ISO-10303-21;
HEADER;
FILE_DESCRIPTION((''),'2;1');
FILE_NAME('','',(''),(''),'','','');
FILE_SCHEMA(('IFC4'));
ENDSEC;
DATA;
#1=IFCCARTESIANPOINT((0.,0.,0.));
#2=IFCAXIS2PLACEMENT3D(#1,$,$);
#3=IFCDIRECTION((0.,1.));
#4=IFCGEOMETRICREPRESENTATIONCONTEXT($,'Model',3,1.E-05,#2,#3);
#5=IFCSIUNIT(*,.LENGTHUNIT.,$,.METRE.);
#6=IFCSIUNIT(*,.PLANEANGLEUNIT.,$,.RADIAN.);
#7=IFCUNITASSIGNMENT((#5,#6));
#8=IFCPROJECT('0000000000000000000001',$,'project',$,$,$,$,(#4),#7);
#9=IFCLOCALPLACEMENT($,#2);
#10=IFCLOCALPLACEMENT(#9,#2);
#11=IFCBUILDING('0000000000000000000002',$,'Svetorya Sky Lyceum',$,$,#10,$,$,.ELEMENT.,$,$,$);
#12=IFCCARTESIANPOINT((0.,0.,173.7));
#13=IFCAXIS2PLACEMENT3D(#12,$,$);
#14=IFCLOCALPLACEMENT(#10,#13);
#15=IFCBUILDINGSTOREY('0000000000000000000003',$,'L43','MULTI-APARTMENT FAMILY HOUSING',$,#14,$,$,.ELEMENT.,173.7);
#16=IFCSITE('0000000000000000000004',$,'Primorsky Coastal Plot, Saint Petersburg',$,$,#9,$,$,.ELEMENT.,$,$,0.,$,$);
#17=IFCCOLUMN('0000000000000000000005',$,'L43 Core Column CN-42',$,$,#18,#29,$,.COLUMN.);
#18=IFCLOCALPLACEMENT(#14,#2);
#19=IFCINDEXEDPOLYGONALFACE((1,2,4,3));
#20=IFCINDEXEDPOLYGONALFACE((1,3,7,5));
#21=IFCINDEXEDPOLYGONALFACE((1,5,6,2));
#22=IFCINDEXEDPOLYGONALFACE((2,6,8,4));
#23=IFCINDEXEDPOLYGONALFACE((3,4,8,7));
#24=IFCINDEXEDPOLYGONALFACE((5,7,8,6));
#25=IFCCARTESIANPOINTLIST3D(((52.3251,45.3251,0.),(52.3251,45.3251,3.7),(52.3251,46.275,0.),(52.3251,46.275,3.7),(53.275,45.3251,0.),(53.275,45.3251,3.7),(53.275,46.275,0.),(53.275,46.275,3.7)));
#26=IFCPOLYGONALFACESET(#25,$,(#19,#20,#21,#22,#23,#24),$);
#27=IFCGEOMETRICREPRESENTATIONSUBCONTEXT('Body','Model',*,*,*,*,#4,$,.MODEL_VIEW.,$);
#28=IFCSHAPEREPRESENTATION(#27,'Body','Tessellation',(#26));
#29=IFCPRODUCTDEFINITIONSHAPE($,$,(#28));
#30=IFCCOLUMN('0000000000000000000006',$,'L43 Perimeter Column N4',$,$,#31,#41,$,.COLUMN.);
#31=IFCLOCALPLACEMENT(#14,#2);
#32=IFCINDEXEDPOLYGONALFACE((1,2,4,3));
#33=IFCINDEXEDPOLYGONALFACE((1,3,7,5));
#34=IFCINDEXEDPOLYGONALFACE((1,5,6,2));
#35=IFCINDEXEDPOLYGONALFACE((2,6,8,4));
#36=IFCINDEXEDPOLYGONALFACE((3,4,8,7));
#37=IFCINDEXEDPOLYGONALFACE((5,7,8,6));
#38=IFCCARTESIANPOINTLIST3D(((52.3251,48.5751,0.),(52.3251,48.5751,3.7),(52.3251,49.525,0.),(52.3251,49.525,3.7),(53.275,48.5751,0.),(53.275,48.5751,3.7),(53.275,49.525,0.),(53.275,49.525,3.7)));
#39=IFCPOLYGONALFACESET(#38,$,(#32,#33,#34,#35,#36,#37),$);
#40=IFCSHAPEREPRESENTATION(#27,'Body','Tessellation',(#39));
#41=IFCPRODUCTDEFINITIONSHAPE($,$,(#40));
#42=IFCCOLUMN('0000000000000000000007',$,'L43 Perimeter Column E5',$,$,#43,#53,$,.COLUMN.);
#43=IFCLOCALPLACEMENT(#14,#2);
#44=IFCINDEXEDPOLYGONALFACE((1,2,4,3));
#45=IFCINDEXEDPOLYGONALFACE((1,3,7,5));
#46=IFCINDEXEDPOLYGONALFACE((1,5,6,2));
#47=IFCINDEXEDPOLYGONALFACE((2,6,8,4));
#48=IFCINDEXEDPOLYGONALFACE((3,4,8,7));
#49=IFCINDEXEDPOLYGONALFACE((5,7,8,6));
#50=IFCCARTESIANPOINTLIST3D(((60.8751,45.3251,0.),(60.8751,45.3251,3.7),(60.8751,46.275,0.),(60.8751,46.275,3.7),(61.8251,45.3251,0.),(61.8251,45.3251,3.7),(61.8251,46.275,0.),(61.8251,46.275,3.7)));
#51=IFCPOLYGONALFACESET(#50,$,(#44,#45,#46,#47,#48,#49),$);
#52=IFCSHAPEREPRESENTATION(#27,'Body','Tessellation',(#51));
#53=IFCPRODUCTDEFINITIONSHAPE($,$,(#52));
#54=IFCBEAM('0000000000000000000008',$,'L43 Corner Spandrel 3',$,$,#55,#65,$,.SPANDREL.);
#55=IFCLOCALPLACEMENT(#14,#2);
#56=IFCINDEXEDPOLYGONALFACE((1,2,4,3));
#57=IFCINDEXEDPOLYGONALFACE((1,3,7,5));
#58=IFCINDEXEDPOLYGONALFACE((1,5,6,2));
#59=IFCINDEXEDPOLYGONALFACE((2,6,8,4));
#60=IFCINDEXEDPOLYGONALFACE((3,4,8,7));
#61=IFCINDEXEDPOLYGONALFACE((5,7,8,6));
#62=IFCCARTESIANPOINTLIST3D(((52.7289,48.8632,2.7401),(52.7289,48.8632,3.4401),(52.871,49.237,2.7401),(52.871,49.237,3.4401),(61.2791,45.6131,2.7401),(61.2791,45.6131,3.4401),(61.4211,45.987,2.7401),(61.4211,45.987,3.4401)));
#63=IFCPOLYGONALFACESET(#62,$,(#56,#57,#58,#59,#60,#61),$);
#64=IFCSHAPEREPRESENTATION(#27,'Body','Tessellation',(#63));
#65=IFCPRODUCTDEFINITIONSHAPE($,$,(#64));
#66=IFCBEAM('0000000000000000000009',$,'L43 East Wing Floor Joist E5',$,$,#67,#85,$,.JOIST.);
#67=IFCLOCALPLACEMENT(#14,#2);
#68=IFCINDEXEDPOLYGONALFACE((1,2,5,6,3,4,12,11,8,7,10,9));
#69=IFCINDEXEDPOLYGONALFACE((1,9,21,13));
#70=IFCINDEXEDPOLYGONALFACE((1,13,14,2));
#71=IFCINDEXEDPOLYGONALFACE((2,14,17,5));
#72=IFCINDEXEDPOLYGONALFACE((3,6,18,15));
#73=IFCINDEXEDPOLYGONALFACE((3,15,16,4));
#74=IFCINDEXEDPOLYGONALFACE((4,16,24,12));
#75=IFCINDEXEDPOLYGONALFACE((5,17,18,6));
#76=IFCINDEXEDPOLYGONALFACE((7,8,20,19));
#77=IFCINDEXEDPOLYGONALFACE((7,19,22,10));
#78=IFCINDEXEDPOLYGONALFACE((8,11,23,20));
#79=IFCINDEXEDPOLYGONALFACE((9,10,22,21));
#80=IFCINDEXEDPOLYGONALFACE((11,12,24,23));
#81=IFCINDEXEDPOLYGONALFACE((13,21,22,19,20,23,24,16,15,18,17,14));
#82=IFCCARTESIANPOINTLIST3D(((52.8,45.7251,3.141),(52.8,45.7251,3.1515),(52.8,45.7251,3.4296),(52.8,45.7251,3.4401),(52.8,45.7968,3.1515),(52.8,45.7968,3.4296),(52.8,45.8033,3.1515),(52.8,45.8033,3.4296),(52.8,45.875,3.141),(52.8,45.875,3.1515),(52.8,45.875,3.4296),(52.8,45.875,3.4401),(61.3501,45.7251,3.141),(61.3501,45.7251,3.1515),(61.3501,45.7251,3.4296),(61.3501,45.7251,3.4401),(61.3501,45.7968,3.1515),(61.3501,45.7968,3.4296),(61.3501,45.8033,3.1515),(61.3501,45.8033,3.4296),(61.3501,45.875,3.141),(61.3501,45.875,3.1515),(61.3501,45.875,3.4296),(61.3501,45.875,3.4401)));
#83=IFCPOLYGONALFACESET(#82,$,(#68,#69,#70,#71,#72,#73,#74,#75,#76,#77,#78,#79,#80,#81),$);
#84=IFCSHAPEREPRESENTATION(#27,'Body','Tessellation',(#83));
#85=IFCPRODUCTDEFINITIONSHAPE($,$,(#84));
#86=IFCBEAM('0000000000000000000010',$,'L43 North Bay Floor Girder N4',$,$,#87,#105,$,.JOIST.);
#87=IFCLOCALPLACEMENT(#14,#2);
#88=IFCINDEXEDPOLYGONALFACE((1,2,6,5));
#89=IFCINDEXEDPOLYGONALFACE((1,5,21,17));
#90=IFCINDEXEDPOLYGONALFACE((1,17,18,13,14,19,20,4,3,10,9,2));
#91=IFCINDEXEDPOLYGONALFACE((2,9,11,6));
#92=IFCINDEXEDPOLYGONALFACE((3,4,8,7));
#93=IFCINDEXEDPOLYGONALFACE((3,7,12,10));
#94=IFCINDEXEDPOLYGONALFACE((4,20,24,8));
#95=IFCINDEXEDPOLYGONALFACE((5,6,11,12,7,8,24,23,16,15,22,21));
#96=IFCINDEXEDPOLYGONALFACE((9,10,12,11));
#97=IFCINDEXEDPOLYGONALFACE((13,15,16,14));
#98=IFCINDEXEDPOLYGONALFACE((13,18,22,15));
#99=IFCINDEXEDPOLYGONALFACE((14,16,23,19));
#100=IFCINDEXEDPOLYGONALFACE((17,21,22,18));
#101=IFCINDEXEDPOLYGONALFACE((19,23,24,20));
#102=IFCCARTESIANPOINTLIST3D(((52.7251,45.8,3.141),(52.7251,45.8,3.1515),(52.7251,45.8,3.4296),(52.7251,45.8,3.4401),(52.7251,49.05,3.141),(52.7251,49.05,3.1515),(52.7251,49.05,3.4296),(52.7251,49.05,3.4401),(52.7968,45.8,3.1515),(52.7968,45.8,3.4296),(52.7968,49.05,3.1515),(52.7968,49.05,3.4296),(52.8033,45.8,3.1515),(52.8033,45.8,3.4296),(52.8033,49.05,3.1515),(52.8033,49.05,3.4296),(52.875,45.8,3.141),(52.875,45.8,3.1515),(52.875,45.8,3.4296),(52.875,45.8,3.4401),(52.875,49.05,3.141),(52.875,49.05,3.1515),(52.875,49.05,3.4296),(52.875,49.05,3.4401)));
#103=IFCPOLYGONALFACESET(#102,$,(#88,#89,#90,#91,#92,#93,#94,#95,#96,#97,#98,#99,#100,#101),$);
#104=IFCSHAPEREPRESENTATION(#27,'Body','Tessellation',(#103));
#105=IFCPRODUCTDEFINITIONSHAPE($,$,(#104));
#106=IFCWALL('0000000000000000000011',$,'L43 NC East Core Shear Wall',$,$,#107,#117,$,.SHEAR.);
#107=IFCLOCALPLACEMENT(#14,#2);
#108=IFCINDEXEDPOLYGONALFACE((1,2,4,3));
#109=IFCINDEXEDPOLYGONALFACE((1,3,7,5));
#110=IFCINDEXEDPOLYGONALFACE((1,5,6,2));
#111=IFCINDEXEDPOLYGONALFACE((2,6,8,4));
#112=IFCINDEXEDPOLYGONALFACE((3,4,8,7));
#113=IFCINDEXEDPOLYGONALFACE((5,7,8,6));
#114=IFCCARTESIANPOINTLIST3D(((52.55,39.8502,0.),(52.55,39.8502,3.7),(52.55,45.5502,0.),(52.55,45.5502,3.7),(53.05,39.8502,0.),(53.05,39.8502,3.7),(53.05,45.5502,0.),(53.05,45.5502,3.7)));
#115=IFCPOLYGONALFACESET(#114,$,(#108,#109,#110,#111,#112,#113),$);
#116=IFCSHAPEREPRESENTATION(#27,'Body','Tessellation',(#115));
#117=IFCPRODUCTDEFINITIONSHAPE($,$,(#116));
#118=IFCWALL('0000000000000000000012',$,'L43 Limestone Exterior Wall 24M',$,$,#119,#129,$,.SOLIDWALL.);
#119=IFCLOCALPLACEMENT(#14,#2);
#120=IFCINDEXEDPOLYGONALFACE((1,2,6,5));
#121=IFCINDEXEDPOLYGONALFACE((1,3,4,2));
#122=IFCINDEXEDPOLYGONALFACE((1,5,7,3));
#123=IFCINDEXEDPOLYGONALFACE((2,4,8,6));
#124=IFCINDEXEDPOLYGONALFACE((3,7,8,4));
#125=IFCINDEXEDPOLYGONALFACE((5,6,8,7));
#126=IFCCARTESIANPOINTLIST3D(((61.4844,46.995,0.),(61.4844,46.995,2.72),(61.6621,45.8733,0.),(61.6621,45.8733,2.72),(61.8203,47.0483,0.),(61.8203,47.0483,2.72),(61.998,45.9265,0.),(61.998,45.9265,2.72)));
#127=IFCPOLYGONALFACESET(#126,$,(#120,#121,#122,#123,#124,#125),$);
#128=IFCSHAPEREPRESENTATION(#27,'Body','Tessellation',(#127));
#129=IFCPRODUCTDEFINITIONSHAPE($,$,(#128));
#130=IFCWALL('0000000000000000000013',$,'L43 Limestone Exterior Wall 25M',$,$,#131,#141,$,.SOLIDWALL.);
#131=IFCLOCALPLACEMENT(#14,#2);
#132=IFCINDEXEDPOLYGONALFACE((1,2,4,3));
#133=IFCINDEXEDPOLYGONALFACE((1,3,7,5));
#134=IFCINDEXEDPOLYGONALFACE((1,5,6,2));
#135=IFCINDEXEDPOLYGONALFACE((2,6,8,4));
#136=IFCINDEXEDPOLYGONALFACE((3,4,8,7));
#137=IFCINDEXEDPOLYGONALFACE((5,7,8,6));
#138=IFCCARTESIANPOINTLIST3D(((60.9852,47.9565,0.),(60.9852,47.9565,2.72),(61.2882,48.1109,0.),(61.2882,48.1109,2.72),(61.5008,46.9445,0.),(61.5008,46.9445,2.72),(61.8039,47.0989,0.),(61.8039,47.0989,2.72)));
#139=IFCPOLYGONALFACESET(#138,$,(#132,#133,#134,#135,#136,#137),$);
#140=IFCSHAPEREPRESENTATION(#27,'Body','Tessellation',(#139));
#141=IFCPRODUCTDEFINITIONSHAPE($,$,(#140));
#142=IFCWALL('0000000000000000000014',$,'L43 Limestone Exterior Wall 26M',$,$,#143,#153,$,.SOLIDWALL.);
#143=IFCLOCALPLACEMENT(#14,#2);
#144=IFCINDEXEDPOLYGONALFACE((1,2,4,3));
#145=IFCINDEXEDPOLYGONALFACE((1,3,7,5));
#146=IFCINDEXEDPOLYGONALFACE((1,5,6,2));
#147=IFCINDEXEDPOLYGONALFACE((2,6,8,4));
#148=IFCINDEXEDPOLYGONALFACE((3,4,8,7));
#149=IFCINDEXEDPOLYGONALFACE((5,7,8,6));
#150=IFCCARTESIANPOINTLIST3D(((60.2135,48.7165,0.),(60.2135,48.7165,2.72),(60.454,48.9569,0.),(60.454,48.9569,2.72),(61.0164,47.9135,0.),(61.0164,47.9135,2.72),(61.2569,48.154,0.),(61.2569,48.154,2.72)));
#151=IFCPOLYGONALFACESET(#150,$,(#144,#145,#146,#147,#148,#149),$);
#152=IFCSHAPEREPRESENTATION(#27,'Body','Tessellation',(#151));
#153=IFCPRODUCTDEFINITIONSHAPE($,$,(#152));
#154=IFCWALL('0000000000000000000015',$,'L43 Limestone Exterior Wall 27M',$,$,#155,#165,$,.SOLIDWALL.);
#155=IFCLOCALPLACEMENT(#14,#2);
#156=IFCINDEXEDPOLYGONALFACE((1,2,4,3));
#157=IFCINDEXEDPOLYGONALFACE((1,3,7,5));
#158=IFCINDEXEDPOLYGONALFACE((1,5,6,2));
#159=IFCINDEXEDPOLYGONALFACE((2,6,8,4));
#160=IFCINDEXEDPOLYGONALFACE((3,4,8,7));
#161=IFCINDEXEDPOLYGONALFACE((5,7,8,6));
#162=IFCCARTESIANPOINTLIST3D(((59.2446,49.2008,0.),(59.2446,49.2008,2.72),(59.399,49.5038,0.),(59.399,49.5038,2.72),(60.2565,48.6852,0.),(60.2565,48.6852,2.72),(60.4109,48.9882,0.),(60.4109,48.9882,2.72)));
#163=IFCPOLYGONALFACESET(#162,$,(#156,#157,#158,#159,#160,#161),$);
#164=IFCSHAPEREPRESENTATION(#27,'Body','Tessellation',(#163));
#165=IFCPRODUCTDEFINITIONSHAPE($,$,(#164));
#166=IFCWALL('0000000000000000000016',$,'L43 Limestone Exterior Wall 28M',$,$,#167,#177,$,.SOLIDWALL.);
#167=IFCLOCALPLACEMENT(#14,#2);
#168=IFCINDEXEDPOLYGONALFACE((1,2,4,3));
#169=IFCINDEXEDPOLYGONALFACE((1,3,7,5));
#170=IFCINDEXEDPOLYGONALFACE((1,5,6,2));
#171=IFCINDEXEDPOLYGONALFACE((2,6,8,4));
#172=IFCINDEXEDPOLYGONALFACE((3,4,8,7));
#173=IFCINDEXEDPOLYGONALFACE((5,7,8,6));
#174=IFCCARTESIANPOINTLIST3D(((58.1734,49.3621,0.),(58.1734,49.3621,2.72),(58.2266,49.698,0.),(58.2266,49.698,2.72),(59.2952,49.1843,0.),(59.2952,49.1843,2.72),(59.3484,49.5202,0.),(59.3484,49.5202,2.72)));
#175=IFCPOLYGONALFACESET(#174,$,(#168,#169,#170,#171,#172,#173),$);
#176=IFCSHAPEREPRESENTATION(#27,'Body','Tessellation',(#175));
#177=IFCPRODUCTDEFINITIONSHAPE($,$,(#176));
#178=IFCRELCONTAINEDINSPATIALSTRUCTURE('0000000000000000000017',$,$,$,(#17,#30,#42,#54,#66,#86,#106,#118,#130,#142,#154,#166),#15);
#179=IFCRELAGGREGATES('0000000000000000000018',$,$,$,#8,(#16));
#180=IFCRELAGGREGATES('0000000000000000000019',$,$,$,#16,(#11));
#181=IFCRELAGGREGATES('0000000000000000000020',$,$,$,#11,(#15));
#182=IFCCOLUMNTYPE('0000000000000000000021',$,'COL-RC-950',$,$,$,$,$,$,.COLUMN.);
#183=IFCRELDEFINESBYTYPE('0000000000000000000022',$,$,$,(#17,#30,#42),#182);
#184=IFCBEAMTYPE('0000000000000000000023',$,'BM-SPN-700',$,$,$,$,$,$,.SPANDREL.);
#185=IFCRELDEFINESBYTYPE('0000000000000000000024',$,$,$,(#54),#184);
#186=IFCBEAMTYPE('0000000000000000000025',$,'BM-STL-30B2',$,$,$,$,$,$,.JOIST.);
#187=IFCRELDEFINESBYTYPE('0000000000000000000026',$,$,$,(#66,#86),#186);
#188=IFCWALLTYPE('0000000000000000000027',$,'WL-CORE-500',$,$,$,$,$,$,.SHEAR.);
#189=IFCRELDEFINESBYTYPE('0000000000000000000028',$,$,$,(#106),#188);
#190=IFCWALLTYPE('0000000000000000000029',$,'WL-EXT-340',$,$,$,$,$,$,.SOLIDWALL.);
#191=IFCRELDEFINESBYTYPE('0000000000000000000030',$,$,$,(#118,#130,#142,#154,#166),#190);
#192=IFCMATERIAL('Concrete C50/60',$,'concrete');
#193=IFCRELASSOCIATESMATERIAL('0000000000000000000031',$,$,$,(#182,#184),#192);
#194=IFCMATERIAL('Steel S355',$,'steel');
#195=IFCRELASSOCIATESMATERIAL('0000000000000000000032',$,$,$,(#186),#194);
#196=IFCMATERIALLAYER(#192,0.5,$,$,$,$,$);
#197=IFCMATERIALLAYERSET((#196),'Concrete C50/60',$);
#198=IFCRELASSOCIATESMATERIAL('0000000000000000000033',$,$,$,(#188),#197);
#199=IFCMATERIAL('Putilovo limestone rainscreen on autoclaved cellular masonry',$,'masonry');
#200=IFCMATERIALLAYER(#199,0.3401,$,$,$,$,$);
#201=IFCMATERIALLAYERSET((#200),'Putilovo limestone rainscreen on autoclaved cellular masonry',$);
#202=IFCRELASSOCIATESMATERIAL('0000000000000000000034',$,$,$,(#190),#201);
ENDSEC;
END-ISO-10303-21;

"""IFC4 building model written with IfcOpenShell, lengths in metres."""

from ifc_helpers import new_model, si_unit, direction, frame, frame_2d, origin, origin_2d, place, context, subcontext, project, spatial, rectangle, i_section, extrude, material, layer, layer_set, material_profile, profile_set, type_object, element, save


model = new_model("IFC4")

# Units and contexts
model_context = context("Model", 3, precision=1e-05, world=origin(), true_north=direction((0.0, 1.0)))
body_context = subcontext(model_context, "Body", "Model", "MODEL_VIEW")
ifc_project = project(units=[si_unit("LENGTHUNIT", "METRE"), si_unit("PLANEANGLEUNIT", "RADIAN")], contexts=[model_context])

# Site, building, storey
site_placement = place(None, origin())
site = spatial("IfcSite", under=ifc_project, at=site_placement, Name="Primorsky Coastal Plot, Saint Petersburg", CompositionType="ELEMENT", RefElevation=0.0)
building_placement = place(site_placement, origin())
building = spatial("IfcBuilding", under=site, at=building_placement, Name="Svetorya Sky Lyceum", CompositionType="ELEMENT")
storey_placement = place(building_placement, frame((0.0, 0.0, 173.7)))
storey = spatial("IfcBuildingStorey", under=building, at=storey_placement, Name="L43", Description="MULTI-APARTMENT FAMILY HOUSING", CompositionType="ELEMENT", Elevation=173.7)

# Columns
ifc_material_1 = material(Name="Concrete C50/60", Category="concrete")
ifc_material_profile_1 = material_profile(ifc_material_1, rectangle(XDim=0.95, YDim=0.95, at=origin_2d()), Name="RC COL 950x950")
ifc_profile_set_1 = profile_set([ifc_material_profile_1], Name="Concrete C50/60")
column_type = type_object("IfcColumnType", Name="COL-RC-950", PredefinedType="COLUMN", material=ifc_profile_set_1)
for number, where, z_axis, x_axis, name in (
    (1, (52.8, 45.8, 0.0), (0.0, 0.0, 1.0), (1.0, 0.0, 0.0), "L43 Core Column CN-42"),
    (2, (52.8, 49.05, 0.0), (0.0, 0.0, 1.0), (1.0, 0.0, 0.0), "L43 Perimeter Column N4"),
    (3, (61.3501, 45.8, 0.0), (0.0, 0.0, 1.0), (1.0, 0.0, 0.0), "L43 Perimeter Column E5"),
):
    element("IfcColumn", number, at=place(storey_placement, frame(where, z_axis=z_axis, x_axis=x_axis)), inside=storey, type_object=column_type, Name=name, PredefinedType="COLUMN", context=body_context, shape_type="SweptSolid", body=[
        extrude(rectangle(XDim=0.95, YDim=0.95, at=origin_2d()), origin(), (0.0, 0.0, 1.0), 3.7),
    ])

# Beams
ifc_material_profile_2 = material_profile(ifc_material_1, rectangle(XDim=0.3999, YDim=0.7, at=origin_2d()), Name="RC SPANDREL 400x700")
ifc_profile_set_2 = profile_set([ifc_material_profile_2], Name="Concrete C50/60")
beam_type_1 = type_object("IfcBeamType", Name="BM-SPN-700", PredefinedType="SPANDREL", material=ifc_profile_set_2)
beam_1_placement = place(storey_placement, frame((61.3501, 45.8, 3.0901), z_axis=(-0.934748, 0.355312, 0.0), x_axis=(-0.355312, -0.934748, 0.0)))
element("IfcBeam", 4, at=beam_1_placement, inside=storey, type_object=beam_type_1, Name="L43 Corner Spandrel 3", PredefinedType="SPANDREL", context=body_context, shape_type="SweptSolid", body=[
    extrude(rectangle(XDim=0.3999, YDim=0.7, at=origin_2d()), origin(), (0.0, 0.0, 1.0), 9.147),
])
ifc_material_2 = material(Name="Steel S355", Category="steel")
ifc_material_profile_3 = material_profile(ifc_material_2, i_section(OverallWidth=0.1499, OverallDepth=0.2991, WebThickness=0.0066, FlangeThickness=0.0105, at=origin_2d()), Name="GOST 30B2")
ifc_profile_set_3 = profile_set([ifc_material_profile_3], Name="Steel S355")
beam_type_2 = type_object("IfcBeamType", Name="BM-STL-30B2", PredefinedType="JOIST", material=ifc_profile_set_3)
beam_2_placement = place(storey_placement, frame((52.8, 45.8, 3.2905), z_axis=(1.0, 0.0, 0.0), x_axis=(0.0, 1.0, 0.0)))
element("IfcBeam", 5, at=beam_2_placement, inside=storey, type_object=beam_type_2, Name="L43 East Wing Floor Joist E5", PredefinedType="JOIST", context=body_context, shape_type="SweptSolid", body=[
    extrude(i_section(OverallWidth=0.1499, OverallDepth=0.2991, WebThickness=0.0066, FlangeThickness=0.0105, at=origin_2d()), origin(), (0.0, 0.0, 1.0), 8.55),
])
beam_3_placement = place(storey_placement, frame((52.8, 45.8, 3.2905), z_axis=(0.0, 1.0, 0.0), x_axis=(-1.0, 0.0, 0.0)))
element("IfcBeam", 6, at=beam_3_placement, inside=storey, type_object=beam_type_2, Name="L43 North Bay Floor Girder N4", PredefinedType="JOIST", context=body_context, shape_type="SweptSolid", body=[
    extrude(i_section(OverallWidth=0.1499, OverallDepth=0.2991, WebThickness=0.0066, FlangeThickness=0.0105, at=origin_2d()), origin(), (0.0, 0.0, 1.0), 3.25),
])

# Walls
ifc_layer_1 = layer(ifc_material_1, 0.5)
ifc_layer_set_1 = layer_set([ifc_layer_1], Name="Concrete C50/60")
wall_type_1 = type_object("IfcWallType", Name="WL-CORE-500", PredefinedType="SHEAR", material=ifc_layer_set_1)
wall_1_placement = place(storey_placement, frame((52.8, 39.8501, 0.0), z_axis=(0.0, 0.0, 1.0), x_axis=(0.0, 1.0, 0.0)))
element("IfcWall", 7, at=wall_1_placement, inside=storey, type_object=wall_type_1, Name="L43 NC East Core Shear Wall", PredefinedType="SHEAR", context=body_context, shape_type="SweptSolid", body=[
    extrude(rectangle(XDim=5.7, YDim=0.5, at=frame_2d((2.8501, 0.0))), origin(), (0.0, 0.0, 1.0), 3.7),
])
ifc_material_3 = material(Name="Putilovo limestone rainscreen on autoclaved cellular masonry", Category="masonry")
ifc_layer_2 = layer(ifc_material_3, 0.3401)
ifc_layer_set_2 = layer_set([ifc_layer_2], Name="Putilovo limestone rainscreen on autoclaved cellular masonry")
wall_type_2 = type_object("IfcWallType", Name="WL-EXT-340", PredefinedType="SOLIDWALL", material=ifc_layer_set_2)
for number, where, z_axis, x_axis, name in (
    (8, (61.8301, 45.8999, 0.0), (0.0, 0.0, 1.0), (-0.156481, 0.987681, 0.0), "L43 Limestone Exterior Wall 24M"),
    (9, (61.6523, 47.0217, 0.0), (0.0, 0.0, 1.0), (-0.453993, 0.891005, 0.0), "L43 Limestone Exterior Wall 25M"),
):
    element("IfcWall", number, at=place(storey_placement, frame(where, z_axis=z_axis, x_axis=x_axis)), inside=storey, type_object=wall_type_2, Name=name, PredefinedType="SOLIDWALL", context=body_context, shape_type="SweptSolid", body=[
        extrude(rectangle(XDim=1.1357, YDim=0.3401, at=frame_2d((0.5679, 0.0))), origin(), (0.0, 0.0, 1.0), 2.72),
    ])
wall_2_placement = place(storey_placement, frame((61.1367, 48.0337, 0.0), z_axis=(0.0, 0.0, 1.0), x_axis=(-0.707107, 0.707107, 0.0)))
element("IfcWall", 10, at=wall_2_placement, inside=storey, type_object=wall_type_2, Name="L43 Limestone Exterior Wall 26M", PredefinedType="SOLIDWALL", context=body_context, shape_type="SweptSolid", body=[
    extrude(rectangle(XDim=1.1355, YDim=0.3401, at=frame_2d((0.5679, 0.0))), origin(), (0.0, 0.0, 1.0), 2.72),
])
for number, where, z_axis, x_axis, name in (
    (11, (60.3337, 48.8367, 0.0), (0.0, 0.0, 1.0), (-0.891005, 0.453993, 0.0), "L43 Limestone Exterior Wall 27M"),
    (12, (59.3218, 49.3523, 0.0), (0.0, 0.0, 1.0), (-0.987681, 0.156481, 0.0), "L43 Limestone Exterior Wall 28M"),
):
    element("IfcWall", number, at=place(storey_placement, frame(where, z_axis=z_axis, x_axis=x_axis)), inside=storey, type_object=wall_type_2, Name=name, PredefinedType="SOLIDWALL", context=body_context, shape_type="SweptSolid", body=[
        extrude(rectangle(XDim=1.1357, YDim=0.3401, at=frame_2d((0.5679, 0.0))), origin(), (0.0, 0.0, 1.0), 2.72),
    ])

save(model, "model.ifc")
